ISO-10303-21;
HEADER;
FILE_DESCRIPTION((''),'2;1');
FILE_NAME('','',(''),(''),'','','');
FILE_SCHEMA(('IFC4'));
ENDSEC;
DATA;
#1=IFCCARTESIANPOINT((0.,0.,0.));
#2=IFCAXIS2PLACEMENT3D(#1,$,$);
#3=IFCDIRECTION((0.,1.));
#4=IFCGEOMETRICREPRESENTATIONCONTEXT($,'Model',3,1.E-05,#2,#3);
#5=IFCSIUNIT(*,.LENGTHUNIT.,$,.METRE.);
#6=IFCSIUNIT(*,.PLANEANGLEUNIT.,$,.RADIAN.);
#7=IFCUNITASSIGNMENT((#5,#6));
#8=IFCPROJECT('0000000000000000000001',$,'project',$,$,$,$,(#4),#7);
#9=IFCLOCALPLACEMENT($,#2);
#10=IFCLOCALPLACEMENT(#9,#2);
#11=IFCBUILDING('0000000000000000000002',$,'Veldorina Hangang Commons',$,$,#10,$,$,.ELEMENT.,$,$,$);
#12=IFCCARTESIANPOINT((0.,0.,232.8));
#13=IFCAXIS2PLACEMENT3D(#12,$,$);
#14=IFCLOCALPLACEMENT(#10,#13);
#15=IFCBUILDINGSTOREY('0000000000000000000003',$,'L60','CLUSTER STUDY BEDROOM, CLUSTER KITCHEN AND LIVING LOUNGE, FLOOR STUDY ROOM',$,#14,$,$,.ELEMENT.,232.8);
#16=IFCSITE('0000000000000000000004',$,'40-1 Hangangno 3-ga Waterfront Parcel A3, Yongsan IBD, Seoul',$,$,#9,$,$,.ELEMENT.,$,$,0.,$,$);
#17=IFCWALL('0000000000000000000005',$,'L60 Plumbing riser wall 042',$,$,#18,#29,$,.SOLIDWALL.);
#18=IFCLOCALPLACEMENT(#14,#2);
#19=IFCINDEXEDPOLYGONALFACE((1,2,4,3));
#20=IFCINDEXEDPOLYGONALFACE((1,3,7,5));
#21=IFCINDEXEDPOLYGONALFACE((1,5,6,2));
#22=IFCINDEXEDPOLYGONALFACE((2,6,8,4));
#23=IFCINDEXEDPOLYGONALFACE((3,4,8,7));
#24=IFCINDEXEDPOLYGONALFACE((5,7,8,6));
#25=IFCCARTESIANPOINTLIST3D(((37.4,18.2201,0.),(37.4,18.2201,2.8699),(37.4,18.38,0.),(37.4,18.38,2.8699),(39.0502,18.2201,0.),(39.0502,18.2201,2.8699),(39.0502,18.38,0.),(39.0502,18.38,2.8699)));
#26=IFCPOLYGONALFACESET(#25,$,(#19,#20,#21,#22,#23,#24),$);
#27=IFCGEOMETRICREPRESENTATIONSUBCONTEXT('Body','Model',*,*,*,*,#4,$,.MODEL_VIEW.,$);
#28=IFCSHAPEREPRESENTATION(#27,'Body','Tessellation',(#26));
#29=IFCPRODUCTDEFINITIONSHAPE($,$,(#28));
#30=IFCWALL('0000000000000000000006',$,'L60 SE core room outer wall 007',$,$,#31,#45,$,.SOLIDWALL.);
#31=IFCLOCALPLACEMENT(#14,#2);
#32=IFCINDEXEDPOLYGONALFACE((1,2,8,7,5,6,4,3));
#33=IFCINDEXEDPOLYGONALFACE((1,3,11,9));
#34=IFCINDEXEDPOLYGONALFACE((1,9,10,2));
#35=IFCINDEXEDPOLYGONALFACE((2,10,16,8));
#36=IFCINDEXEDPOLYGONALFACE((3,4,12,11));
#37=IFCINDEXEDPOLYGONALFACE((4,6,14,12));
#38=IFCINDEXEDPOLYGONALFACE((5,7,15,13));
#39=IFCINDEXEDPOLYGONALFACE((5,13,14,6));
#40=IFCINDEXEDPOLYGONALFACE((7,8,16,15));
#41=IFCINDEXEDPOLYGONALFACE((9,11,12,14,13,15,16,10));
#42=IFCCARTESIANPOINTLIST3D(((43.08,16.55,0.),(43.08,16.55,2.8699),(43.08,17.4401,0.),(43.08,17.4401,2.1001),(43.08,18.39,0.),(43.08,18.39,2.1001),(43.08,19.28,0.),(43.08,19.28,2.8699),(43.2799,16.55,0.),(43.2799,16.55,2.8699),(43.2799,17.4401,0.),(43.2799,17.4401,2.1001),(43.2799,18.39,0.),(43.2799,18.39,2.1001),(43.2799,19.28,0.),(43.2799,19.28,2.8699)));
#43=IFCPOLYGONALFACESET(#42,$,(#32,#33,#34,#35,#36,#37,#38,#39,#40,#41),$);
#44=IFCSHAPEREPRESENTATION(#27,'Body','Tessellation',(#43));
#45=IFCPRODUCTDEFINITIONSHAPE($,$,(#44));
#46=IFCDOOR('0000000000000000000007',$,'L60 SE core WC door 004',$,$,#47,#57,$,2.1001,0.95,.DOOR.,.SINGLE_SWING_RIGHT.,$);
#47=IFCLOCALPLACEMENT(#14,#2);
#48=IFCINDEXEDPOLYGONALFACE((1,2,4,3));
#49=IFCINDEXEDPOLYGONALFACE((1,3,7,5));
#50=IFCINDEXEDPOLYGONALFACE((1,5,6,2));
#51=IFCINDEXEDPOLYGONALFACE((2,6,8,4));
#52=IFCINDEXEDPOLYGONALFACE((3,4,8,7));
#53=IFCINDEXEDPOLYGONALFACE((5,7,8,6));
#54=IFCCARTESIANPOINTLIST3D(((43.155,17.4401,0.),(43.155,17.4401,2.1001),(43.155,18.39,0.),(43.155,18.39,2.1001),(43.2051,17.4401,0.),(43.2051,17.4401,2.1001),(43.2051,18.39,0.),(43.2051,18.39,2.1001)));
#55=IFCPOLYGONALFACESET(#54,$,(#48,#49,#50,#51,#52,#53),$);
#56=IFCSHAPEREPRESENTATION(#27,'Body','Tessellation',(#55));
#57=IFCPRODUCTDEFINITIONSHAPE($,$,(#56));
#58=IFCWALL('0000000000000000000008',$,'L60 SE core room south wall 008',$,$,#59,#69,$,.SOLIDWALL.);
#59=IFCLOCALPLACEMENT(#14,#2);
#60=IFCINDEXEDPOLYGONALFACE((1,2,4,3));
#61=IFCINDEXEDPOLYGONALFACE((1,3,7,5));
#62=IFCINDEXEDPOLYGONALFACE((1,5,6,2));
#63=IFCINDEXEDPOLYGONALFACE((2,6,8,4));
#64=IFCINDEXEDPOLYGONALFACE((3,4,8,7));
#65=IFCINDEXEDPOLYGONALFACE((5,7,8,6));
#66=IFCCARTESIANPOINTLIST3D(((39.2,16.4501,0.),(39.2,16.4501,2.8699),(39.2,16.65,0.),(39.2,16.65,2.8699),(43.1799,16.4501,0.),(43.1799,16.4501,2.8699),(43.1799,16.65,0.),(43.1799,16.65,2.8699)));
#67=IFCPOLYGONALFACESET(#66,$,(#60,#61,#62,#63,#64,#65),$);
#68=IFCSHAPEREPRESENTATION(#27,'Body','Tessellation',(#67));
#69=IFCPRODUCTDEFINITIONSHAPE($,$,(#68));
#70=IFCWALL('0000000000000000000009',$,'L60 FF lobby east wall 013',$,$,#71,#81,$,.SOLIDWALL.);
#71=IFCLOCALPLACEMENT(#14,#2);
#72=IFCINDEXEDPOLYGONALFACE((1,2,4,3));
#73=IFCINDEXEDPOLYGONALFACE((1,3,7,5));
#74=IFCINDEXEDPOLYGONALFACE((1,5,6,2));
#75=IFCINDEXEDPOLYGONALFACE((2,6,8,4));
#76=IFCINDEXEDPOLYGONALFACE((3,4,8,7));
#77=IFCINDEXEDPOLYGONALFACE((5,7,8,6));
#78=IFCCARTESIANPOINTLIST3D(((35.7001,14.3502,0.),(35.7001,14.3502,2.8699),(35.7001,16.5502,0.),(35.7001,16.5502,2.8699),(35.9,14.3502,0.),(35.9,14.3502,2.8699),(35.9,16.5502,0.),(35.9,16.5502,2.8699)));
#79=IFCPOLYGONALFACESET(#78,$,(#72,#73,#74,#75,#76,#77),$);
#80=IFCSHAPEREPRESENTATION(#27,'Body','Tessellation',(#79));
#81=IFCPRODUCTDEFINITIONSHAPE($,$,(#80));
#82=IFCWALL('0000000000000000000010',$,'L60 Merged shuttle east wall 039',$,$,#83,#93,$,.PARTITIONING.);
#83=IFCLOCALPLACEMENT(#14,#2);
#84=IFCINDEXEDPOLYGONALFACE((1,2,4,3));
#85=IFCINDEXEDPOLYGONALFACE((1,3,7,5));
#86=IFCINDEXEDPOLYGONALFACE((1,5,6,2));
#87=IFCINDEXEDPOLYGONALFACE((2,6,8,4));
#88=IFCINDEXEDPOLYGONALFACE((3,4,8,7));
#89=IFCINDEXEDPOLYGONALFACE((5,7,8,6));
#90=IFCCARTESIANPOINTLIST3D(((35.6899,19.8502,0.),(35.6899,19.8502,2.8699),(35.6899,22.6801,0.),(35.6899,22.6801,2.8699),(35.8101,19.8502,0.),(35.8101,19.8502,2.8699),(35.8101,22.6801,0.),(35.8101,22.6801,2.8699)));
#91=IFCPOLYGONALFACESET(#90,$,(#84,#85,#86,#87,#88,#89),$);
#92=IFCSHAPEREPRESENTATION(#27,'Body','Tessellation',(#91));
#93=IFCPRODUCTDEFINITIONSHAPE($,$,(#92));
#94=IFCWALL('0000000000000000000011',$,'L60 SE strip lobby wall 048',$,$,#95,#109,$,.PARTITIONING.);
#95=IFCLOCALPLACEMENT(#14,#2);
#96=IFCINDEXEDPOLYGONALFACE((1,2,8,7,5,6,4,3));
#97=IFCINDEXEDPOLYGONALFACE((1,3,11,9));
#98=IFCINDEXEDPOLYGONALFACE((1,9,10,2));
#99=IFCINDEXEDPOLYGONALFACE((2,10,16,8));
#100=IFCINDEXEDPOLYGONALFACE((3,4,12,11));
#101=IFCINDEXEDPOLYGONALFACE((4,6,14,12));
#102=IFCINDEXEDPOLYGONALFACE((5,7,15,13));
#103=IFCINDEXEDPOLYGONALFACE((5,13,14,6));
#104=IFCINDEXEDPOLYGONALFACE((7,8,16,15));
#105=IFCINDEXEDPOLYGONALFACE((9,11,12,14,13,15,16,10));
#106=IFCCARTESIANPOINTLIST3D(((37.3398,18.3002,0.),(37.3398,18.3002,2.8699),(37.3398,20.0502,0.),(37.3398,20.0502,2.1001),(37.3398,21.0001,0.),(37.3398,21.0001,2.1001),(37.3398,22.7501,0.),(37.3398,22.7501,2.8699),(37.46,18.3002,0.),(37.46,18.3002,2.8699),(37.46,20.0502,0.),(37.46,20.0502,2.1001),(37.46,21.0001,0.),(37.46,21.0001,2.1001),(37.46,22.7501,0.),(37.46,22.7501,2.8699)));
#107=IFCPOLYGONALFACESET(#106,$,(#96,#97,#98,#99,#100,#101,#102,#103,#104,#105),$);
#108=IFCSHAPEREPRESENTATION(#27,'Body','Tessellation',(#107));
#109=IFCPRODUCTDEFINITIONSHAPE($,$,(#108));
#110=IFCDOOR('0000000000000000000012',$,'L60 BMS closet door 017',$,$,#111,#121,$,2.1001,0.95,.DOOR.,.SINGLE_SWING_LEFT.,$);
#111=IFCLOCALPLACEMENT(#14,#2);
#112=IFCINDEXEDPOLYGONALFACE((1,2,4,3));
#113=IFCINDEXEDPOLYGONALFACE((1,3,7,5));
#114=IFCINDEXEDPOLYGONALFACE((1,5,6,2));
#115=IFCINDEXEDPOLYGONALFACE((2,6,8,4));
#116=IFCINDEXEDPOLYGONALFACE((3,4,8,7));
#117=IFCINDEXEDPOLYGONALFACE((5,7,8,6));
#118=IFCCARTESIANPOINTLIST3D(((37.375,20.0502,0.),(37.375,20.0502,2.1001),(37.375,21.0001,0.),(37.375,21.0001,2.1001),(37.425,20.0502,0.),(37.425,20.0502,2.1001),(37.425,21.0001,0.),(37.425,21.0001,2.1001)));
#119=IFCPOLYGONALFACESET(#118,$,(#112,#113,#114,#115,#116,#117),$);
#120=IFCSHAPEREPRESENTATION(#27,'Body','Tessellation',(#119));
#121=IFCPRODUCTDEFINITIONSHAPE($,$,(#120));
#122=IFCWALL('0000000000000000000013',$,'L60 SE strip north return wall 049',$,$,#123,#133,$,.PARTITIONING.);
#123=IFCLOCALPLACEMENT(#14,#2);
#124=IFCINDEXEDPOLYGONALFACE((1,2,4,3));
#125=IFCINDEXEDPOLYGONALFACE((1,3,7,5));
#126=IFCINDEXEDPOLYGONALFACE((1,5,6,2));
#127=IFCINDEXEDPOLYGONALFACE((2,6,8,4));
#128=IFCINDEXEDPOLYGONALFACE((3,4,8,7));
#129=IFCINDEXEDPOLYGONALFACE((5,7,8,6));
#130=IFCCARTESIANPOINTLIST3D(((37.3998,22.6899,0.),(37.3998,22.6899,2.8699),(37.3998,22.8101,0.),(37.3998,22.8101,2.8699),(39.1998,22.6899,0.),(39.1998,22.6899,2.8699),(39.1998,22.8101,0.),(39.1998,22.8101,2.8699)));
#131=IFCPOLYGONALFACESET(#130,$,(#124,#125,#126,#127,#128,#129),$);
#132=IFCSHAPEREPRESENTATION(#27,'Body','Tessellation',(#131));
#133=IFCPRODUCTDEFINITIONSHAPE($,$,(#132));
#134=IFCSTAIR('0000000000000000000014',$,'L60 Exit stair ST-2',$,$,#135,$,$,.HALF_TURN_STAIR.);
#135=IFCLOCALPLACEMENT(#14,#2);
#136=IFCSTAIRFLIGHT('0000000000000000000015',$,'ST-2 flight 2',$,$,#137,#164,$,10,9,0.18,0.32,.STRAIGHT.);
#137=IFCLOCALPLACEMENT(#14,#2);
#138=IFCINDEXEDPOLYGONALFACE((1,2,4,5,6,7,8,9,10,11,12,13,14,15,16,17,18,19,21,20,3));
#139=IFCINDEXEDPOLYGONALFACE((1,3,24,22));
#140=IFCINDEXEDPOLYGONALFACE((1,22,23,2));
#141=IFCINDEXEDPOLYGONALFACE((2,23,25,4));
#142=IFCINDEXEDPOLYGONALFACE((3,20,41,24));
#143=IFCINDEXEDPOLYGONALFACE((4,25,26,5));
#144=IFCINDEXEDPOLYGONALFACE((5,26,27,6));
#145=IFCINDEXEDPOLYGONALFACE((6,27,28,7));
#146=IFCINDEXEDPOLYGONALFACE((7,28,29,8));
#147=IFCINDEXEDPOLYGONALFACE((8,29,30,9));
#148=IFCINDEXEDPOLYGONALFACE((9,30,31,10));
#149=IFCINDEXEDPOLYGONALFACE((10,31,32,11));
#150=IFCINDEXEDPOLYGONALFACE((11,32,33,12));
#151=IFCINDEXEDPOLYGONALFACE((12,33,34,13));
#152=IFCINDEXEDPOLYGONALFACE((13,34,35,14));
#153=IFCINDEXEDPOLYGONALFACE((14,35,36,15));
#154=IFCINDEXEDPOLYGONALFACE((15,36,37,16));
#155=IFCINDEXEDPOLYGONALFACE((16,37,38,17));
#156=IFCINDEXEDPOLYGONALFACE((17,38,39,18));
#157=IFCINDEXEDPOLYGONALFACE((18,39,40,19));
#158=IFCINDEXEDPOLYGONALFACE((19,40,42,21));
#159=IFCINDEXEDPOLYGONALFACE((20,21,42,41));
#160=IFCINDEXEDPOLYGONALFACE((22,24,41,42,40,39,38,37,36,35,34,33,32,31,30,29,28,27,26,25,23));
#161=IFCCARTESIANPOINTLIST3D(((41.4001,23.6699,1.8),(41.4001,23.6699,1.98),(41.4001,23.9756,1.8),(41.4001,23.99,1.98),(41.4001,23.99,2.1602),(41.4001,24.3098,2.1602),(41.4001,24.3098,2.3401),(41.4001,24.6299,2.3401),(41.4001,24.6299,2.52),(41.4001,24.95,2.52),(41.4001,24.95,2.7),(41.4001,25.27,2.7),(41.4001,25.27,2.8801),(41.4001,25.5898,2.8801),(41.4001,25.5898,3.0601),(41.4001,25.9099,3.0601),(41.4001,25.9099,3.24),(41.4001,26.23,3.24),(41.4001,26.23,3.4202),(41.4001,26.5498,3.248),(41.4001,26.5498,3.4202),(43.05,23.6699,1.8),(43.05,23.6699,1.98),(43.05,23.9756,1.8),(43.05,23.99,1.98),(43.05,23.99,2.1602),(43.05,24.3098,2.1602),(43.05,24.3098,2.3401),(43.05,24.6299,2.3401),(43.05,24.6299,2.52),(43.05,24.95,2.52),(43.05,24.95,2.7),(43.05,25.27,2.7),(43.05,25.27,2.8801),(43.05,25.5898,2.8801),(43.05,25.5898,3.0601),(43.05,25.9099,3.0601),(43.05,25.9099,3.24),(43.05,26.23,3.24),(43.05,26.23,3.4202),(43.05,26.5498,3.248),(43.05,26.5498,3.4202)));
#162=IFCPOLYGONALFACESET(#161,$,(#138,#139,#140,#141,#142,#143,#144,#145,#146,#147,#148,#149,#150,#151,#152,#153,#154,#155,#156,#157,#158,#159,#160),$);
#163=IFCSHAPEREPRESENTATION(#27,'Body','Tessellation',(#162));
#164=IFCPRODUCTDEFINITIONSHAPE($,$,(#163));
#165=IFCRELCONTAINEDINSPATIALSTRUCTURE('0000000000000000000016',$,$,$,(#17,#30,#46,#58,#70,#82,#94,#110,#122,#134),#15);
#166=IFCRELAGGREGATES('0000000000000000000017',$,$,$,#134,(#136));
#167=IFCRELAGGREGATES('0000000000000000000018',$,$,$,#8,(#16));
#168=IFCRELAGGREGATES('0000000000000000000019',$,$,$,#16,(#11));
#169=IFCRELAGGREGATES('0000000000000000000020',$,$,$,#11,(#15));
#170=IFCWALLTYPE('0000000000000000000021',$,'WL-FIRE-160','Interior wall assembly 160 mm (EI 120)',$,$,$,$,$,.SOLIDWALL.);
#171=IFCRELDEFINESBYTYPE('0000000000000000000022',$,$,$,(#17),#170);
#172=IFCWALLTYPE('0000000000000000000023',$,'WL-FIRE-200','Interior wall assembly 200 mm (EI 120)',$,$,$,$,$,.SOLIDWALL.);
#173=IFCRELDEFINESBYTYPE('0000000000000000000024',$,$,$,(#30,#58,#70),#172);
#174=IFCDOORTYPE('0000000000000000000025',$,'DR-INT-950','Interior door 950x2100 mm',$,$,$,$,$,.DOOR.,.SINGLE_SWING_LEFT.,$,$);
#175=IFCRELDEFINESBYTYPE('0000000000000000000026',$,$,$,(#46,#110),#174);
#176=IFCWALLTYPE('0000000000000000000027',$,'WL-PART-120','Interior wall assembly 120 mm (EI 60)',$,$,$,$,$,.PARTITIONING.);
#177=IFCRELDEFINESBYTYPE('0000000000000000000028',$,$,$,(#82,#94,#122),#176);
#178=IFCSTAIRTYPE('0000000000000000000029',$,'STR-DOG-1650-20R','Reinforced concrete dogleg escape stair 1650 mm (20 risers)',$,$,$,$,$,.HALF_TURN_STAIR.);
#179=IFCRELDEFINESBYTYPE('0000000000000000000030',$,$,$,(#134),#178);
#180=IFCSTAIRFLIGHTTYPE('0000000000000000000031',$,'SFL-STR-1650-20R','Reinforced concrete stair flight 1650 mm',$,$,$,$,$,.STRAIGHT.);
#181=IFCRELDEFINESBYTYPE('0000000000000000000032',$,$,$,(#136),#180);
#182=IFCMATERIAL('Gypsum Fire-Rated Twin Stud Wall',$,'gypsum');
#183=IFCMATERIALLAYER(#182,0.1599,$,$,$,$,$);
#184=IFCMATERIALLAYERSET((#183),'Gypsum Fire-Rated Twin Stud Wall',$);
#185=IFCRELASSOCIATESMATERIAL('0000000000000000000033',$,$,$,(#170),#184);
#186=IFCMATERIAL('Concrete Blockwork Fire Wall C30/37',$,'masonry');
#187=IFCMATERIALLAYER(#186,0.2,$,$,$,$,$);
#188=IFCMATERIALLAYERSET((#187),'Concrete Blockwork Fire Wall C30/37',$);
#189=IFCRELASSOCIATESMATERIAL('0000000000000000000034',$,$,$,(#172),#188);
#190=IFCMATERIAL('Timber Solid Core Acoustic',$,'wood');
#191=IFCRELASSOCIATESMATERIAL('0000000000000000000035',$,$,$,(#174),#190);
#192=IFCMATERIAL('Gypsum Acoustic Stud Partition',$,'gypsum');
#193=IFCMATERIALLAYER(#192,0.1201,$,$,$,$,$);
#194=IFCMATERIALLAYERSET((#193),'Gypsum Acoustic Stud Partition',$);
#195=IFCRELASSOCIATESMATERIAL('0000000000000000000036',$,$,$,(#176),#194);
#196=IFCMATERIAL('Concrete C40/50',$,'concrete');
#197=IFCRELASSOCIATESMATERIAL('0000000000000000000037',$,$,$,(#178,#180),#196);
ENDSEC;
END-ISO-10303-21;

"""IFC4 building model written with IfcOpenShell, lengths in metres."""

from ifc_helpers import new_model, si_unit, direction, frame, frame_2d, origin, place, context, subcontext, project, spatial, polyline, rectangle, outline, extrude, material, layer, layer_set, type_object, element, fill, aggregate, save


model = new_model("IFC4")

# Units and contexts
model_context = context("Model", 3, precision=1e-05, world=origin(), true_north=direction((0.0, 1.0)))
body_context = subcontext(model_context, "Body", "Model", "MODEL_VIEW")
ifc_project = project(units=[si_unit("LENGTHUNIT", "METRE"), si_unit("PLANEANGLEUNIT", "RADIAN")], contexts=[model_context])

# Site, building, storey
site_placement = place(None, origin())
site = spatial("IfcSite", under=ifc_project, at=site_placement, Name="40-1 Hangangno 3-ga Waterfront Parcel A3, Yongsan IBD, Seoul", CompositionType="ELEMENT", RefElevation=0.0)
building_placement = place(site_placement, origin())
building = spatial("IfcBuilding", under=site, at=building_placement, Name="Veldorina Hangang Commons", CompositionType="ELEMENT")
storey_placement = place(building_placement, frame((0.0, 0.0, 232.8)))
storey = spatial("IfcBuildingStorey", under=building, at=storey_placement, Name="L60", Description="CLUSTER STUDY BEDROOM, CLUSTER KITCHEN AND LIVING LOUNGE, FLOOR STUDY ROOM", CompositionType="ELEMENT", Elevation=232.8)

# Wall
ifc_material_1 = material(Name="Gypsum Fire-Rated Twin Stud Wall", Category="gypsum")
ifc_layer_1 = layer(ifc_material_1, 0.1599)
ifc_layer_set_1 = layer_set([ifc_layer_1], Name="Gypsum Fire-Rated Twin Stud Wall")
wall_type_1 = type_object("IfcWallType", Name="WL-FIRE-160", Description="Interior wall assembly 160 mm (EI 120)", PredefinedType="SOLIDWALL", material=ifc_layer_set_1)
wall_1_placement = place(storey_placement, frame((37.3999, 18.3, 0.0), z_axis=(0.0, 0.0, 1.0), x_axis=(1.0, 0.0, 0.0)))
element("IfcWall", 1, at=wall_1_placement, inside=storey, type_object=wall_type_1, Name="L60 Plumbing riser wall 042", PredefinedType="SOLIDWALL", context=body_context, shape_type="SweptSolid", body=[
    extrude(rectangle(XDim=1.6501, YDim=0.1599, at=frame_2d((0.8252, 0.0))), origin(), (0.0, 0.0, 1.0), 2.8699),
])

# Wall, opening, door
ifc_material_2 = material(Name="Concrete Blockwork Fire Wall C30/37", Category="masonry")
ifc_layer_2 = layer(ifc_material_2, 0.2)
ifc_layer_set_2 = layer_set([ifc_layer_2], Name="Concrete Blockwork Fire Wall C30/37")
wall_type_2 = type_object("IfcWallType", Name="WL-FIRE-200", Description="Interior wall assembly 200 mm (EI 120)", PredefinedType="SOLIDWALL", material=ifc_layer_set_2)
wall_2_placement = place(storey_placement, frame((43.1799, 16.55, 0.0), z_axis=(0.0, 0.0, 1.0), x_axis=(0.0, 1.0, 0.0)))
wall_2 = element("IfcWall", 2, at=wall_2_placement, inside=storey, type_object=wall_type_2, Name="L60 SE core room outer wall 007", PredefinedType="SOLIDWALL", context=body_context, shape_type="SweptSolid", body=[
    extrude(rectangle(XDim=2.73, YDim=0.2, at=frame_2d((1.365, 0.0))), origin(), (0.0, 0.0, 1.0), 2.8699),
])
opening_1_placement = place(wall_2_placement, frame((0.8899, 0.0, 0.0)))
opening_1 = element("IfcOpeningElement", 3, at=opening_1_placement, cuts=wall_2, PredefinedType="OPENING", context=body_context, shape_type="SweptSolid", body=[
    extrude(rectangle(XDim=0.95, YDim=2.1001, at=frame_2d((0.4751, 1.05))), frame((0.0, 0.1099, 0.0), z_axis=(0.0, -1.0, 0.0), x_axis=(1.0, 0.0, 0.0)), (0.0, 0.0, 1.0), 0.22),
])
ifc_material_3 = material(Name="Timber Solid Core Acoustic", Category="wood")
door_type_1 = type_object("IfcDoorType", Name="DR-INT-950", Description="Interior door 950x2100 mm", OperationType="SINGLE_SWING_LEFT", PredefinedType="DOOR", material=ifc_material_3)
door_1_placement = place(opening_1_placement, origin())
door_1 = element("IfcDoor", 4, at=door_1_placement, inside=storey, type_object=door_type_1, Name="L60 SE core WC door 004", OperationType="SINGLE_SWING_RIGHT", OverallHeight=2.1001, OverallWidth=0.95, PredefinedType="DOOR", context=body_context, shape_type="SweptSolid", body=[
    extrude(rectangle(XDim=0.95, YDim=2.1001, at=frame_2d((0.4751, 1.05))), frame((0.0, 0.0249, 0.0), z_axis=(0.0, -1.0, 0.0), x_axis=(1.0, 0.0, 0.0)), (0.0, 0.0, 1.0), 0.05),
])
fill(opening_1, door_1)

# Walls
wall_3_placement = place(storey_placement, frame((39.2, 16.55, 0.0), z_axis=(0.0, 0.0, 1.0), x_axis=(1.0, 0.0, 0.0)))
element("IfcWall", 5, at=wall_3_placement, inside=storey, type_object=wall_type_2, Name="L60 SE core room south wall 008", PredefinedType="SOLIDWALL", context=body_context, shape_type="SweptSolid", body=[
    extrude(rectangle(XDim=3.98, YDim=0.2, at=frame_2d((1.99, 0.0))), origin(), (0.0, 0.0, 1.0), 2.8699),
])
wall_4_placement = place(storey_placement, frame((35.8, 14.3501, 0.0), z_axis=(0.0, 0.0, 1.0), x_axis=(0.0, 1.0, 0.0)))
element("IfcWall", 6, at=wall_4_placement, inside=storey, type_object=wall_type_2, Name="L60 FF lobby east wall 013", PredefinedType="SOLIDWALL", context=body_context, shape_type="SweptSolid", body=[
    extrude(rectangle(XDim=2.2, YDim=0.2, at=frame_2d((1.1001, 0.0))), origin(), (0.0, 0.0, 1.0), 2.8699),
])
ifc_material_4 = material(Name="Gypsum Acoustic Stud Partition", Category="gypsum")
ifc_layer_3 = layer(ifc_material_4, 0.1201)
ifc_layer_set_3 = layer_set([ifc_layer_3], Name="Gypsum Acoustic Stud Partition")
wall_type_3 = type_object("IfcWallType", Name="WL-PART-120", Description="Interior wall assembly 120 mm (EI 60)", PredefinedType="PARTITIONING", material=ifc_layer_set_3)
wall_5_placement = place(storey_placement, frame((35.75, 19.8501, 0.0), z_axis=(0.0, 0.0, 1.0), x_axis=(0.0, 1.0, 0.0)))
element("IfcWall", 7, at=wall_5_placement, inside=storey, type_object=wall_type_3, Name="L60 Merged shuttle east wall 039", PredefinedType="PARTITIONING", context=body_context, shape_type="SweptSolid", body=[
    extrude(rectangle(XDim=2.8298, YDim=0.1201, at=frame_2d((1.415, 0.0))), origin(), (0.0, 0.0, 1.0), 2.8699),
])

# Wall, opening, door
wall_6_placement = place(storey_placement, frame((37.3999, 18.3, 0.0), z_axis=(0.0, 0.0, 1.0), x_axis=(0.0, 1.0, 0.0)))
wall_6 = element("IfcWall", 8, at=wall_6_placement, inside=storey, type_object=wall_type_3, Name="L60 SE strip lobby wall 048", PredefinedType="PARTITIONING", context=body_context, shape_type="SweptSolid", body=[
    extrude(rectangle(XDim=4.45, YDim=0.1201, at=frame_2d((2.2251, 0.0))), origin(), (0.0, 0.0, 1.0), 2.8699),
])
opening_2_placement = place(wall_6_placement, frame((1.75, 0.0, 0.0)))
opening_2 = element("IfcOpeningElement", 9, at=opening_2_placement, cuts=wall_6, PredefinedType="OPENING", context=body_context, shape_type="SweptSolid", body=[
    extrude(rectangle(XDim=0.95, YDim=2.1001, at=frame_2d((0.4751, 1.05))), frame((0.0, 0.0701, 0.0), z_axis=(0.0, -1.0, 0.0), x_axis=(1.0, 0.0, 0.0)), (0.0, 0.0, 1.0), 0.1401),
])
door_2_placement = place(opening_2_placement, origin())
door_2 = element("IfcDoor", 10, at=door_2_placement, inside=storey, type_object=door_type_1, Name="L60 BMS closet door 017", OperationType="SINGLE_SWING_LEFT", OverallHeight=2.1001, OverallWidth=0.95, PredefinedType="DOOR", context=body_context, shape_type="SweptSolid", body=[
    extrude(rectangle(XDim=0.95, YDim=2.1001, at=frame_2d((0.4751, 1.05))), frame((0.0, 0.0249, 0.0), z_axis=(0.0, -1.0, 0.0), x_axis=(1.0, 0.0, 0.0)), (0.0, 0.0, 1.0), 0.05),
])
fill(opening_2, door_2)

# Wall
wall_7_placement = place(storey_placement, frame((37.3999, 22.75, 0.0), z_axis=(0.0, 0.0, 1.0), x_axis=(1.0, 0.0, 0.0)))
element("IfcWall", 11, at=wall_7_placement, inside=storey, type_object=wall_type_3, Name="L60 SE strip north return wall 049", PredefinedType="PARTITIONING", context=body_context, shape_type="SweptSolid", body=[
    extrude(rectangle(XDim=1.8, YDim=0.1201, at=frame_2d((0.8999, 0.0))), origin(), (0.0, 0.0, 1.0), 2.8699),
])

# Stair, stair flight
ifc_material_5 = material(Name="Concrete C40/50", Category="concrete")
stair_type = type_object("IfcStairType", Name="STR-DOG-1650-20R", Description="Reinforced concrete dogleg escape stair 1650 mm (20 risers)", PredefinedType="HALF_TURN_STAIR", material=ifc_material_5)
stair_placement = place(storey_placement, origin())
stair = element("IfcStair", 12, at=stair_placement, inside=storey, type_object=stair_type, Name="L60 Exit stair ST-2", PredefinedType="HALF_TURN_STAIR")
stair_flight_type = type_object("IfcStairFlightType", Name="SFL-STR-1650-20R", Description="Reinforced concrete stair flight 1650 mm", PredefinedType="STRAIGHT", material=ifc_material_5)
stair_flight_placement = place(storey_placement, frame((42.2251, 23.6699, 1.8), z_axis=(0.0, 0.0, 1.0), x_axis=(0.0, 1.0, 0.0)))
stair_flight = element("IfcStairFlight", 13, at=stair_flight_placement, type_object=stair_flight_type, Name="ST-2 flight 2", NumberOfRisers=10, NumberOfTreads=9, PredefinedType="STRAIGHT", RiserHeight=0.18, TreadLength=0.32, context=body_context, shape_type="SweptSolid", body=[
    extrude(outline(polyline([(0.0, 0.0), (0.0, 0.1799), (0.3201, 0.1799), (0.3201, 0.3601), (0.6399, 0.3601), (0.6399, 0.54), (0.96, 0.54), (0.96, 0.72), (1.28, 0.72), (1.28, 0.8999), (1.6001, 0.8999), (1.6001, 1.0801), (1.9199, 1.0801), (1.9199, 1.26), (2.24, 1.26), (2.24, 1.4399), (2.5601, 1.4399), (2.5601, 1.6201), (2.8799, 1.6201), (2.8799, 1.8), (2.8799, 1.448), (0.3057, 0.0), (0.0, 0.0)])), frame((0.0, 0.825, 0.0), z_axis=(0.0, -1.0, 0.0), x_axis=(1.0, 0.0, 0.0)), (0.0, 0.0, 1.0), 1.6499),
])
aggregate(stair, [stair_flight])

save(model, "model.ifc")
